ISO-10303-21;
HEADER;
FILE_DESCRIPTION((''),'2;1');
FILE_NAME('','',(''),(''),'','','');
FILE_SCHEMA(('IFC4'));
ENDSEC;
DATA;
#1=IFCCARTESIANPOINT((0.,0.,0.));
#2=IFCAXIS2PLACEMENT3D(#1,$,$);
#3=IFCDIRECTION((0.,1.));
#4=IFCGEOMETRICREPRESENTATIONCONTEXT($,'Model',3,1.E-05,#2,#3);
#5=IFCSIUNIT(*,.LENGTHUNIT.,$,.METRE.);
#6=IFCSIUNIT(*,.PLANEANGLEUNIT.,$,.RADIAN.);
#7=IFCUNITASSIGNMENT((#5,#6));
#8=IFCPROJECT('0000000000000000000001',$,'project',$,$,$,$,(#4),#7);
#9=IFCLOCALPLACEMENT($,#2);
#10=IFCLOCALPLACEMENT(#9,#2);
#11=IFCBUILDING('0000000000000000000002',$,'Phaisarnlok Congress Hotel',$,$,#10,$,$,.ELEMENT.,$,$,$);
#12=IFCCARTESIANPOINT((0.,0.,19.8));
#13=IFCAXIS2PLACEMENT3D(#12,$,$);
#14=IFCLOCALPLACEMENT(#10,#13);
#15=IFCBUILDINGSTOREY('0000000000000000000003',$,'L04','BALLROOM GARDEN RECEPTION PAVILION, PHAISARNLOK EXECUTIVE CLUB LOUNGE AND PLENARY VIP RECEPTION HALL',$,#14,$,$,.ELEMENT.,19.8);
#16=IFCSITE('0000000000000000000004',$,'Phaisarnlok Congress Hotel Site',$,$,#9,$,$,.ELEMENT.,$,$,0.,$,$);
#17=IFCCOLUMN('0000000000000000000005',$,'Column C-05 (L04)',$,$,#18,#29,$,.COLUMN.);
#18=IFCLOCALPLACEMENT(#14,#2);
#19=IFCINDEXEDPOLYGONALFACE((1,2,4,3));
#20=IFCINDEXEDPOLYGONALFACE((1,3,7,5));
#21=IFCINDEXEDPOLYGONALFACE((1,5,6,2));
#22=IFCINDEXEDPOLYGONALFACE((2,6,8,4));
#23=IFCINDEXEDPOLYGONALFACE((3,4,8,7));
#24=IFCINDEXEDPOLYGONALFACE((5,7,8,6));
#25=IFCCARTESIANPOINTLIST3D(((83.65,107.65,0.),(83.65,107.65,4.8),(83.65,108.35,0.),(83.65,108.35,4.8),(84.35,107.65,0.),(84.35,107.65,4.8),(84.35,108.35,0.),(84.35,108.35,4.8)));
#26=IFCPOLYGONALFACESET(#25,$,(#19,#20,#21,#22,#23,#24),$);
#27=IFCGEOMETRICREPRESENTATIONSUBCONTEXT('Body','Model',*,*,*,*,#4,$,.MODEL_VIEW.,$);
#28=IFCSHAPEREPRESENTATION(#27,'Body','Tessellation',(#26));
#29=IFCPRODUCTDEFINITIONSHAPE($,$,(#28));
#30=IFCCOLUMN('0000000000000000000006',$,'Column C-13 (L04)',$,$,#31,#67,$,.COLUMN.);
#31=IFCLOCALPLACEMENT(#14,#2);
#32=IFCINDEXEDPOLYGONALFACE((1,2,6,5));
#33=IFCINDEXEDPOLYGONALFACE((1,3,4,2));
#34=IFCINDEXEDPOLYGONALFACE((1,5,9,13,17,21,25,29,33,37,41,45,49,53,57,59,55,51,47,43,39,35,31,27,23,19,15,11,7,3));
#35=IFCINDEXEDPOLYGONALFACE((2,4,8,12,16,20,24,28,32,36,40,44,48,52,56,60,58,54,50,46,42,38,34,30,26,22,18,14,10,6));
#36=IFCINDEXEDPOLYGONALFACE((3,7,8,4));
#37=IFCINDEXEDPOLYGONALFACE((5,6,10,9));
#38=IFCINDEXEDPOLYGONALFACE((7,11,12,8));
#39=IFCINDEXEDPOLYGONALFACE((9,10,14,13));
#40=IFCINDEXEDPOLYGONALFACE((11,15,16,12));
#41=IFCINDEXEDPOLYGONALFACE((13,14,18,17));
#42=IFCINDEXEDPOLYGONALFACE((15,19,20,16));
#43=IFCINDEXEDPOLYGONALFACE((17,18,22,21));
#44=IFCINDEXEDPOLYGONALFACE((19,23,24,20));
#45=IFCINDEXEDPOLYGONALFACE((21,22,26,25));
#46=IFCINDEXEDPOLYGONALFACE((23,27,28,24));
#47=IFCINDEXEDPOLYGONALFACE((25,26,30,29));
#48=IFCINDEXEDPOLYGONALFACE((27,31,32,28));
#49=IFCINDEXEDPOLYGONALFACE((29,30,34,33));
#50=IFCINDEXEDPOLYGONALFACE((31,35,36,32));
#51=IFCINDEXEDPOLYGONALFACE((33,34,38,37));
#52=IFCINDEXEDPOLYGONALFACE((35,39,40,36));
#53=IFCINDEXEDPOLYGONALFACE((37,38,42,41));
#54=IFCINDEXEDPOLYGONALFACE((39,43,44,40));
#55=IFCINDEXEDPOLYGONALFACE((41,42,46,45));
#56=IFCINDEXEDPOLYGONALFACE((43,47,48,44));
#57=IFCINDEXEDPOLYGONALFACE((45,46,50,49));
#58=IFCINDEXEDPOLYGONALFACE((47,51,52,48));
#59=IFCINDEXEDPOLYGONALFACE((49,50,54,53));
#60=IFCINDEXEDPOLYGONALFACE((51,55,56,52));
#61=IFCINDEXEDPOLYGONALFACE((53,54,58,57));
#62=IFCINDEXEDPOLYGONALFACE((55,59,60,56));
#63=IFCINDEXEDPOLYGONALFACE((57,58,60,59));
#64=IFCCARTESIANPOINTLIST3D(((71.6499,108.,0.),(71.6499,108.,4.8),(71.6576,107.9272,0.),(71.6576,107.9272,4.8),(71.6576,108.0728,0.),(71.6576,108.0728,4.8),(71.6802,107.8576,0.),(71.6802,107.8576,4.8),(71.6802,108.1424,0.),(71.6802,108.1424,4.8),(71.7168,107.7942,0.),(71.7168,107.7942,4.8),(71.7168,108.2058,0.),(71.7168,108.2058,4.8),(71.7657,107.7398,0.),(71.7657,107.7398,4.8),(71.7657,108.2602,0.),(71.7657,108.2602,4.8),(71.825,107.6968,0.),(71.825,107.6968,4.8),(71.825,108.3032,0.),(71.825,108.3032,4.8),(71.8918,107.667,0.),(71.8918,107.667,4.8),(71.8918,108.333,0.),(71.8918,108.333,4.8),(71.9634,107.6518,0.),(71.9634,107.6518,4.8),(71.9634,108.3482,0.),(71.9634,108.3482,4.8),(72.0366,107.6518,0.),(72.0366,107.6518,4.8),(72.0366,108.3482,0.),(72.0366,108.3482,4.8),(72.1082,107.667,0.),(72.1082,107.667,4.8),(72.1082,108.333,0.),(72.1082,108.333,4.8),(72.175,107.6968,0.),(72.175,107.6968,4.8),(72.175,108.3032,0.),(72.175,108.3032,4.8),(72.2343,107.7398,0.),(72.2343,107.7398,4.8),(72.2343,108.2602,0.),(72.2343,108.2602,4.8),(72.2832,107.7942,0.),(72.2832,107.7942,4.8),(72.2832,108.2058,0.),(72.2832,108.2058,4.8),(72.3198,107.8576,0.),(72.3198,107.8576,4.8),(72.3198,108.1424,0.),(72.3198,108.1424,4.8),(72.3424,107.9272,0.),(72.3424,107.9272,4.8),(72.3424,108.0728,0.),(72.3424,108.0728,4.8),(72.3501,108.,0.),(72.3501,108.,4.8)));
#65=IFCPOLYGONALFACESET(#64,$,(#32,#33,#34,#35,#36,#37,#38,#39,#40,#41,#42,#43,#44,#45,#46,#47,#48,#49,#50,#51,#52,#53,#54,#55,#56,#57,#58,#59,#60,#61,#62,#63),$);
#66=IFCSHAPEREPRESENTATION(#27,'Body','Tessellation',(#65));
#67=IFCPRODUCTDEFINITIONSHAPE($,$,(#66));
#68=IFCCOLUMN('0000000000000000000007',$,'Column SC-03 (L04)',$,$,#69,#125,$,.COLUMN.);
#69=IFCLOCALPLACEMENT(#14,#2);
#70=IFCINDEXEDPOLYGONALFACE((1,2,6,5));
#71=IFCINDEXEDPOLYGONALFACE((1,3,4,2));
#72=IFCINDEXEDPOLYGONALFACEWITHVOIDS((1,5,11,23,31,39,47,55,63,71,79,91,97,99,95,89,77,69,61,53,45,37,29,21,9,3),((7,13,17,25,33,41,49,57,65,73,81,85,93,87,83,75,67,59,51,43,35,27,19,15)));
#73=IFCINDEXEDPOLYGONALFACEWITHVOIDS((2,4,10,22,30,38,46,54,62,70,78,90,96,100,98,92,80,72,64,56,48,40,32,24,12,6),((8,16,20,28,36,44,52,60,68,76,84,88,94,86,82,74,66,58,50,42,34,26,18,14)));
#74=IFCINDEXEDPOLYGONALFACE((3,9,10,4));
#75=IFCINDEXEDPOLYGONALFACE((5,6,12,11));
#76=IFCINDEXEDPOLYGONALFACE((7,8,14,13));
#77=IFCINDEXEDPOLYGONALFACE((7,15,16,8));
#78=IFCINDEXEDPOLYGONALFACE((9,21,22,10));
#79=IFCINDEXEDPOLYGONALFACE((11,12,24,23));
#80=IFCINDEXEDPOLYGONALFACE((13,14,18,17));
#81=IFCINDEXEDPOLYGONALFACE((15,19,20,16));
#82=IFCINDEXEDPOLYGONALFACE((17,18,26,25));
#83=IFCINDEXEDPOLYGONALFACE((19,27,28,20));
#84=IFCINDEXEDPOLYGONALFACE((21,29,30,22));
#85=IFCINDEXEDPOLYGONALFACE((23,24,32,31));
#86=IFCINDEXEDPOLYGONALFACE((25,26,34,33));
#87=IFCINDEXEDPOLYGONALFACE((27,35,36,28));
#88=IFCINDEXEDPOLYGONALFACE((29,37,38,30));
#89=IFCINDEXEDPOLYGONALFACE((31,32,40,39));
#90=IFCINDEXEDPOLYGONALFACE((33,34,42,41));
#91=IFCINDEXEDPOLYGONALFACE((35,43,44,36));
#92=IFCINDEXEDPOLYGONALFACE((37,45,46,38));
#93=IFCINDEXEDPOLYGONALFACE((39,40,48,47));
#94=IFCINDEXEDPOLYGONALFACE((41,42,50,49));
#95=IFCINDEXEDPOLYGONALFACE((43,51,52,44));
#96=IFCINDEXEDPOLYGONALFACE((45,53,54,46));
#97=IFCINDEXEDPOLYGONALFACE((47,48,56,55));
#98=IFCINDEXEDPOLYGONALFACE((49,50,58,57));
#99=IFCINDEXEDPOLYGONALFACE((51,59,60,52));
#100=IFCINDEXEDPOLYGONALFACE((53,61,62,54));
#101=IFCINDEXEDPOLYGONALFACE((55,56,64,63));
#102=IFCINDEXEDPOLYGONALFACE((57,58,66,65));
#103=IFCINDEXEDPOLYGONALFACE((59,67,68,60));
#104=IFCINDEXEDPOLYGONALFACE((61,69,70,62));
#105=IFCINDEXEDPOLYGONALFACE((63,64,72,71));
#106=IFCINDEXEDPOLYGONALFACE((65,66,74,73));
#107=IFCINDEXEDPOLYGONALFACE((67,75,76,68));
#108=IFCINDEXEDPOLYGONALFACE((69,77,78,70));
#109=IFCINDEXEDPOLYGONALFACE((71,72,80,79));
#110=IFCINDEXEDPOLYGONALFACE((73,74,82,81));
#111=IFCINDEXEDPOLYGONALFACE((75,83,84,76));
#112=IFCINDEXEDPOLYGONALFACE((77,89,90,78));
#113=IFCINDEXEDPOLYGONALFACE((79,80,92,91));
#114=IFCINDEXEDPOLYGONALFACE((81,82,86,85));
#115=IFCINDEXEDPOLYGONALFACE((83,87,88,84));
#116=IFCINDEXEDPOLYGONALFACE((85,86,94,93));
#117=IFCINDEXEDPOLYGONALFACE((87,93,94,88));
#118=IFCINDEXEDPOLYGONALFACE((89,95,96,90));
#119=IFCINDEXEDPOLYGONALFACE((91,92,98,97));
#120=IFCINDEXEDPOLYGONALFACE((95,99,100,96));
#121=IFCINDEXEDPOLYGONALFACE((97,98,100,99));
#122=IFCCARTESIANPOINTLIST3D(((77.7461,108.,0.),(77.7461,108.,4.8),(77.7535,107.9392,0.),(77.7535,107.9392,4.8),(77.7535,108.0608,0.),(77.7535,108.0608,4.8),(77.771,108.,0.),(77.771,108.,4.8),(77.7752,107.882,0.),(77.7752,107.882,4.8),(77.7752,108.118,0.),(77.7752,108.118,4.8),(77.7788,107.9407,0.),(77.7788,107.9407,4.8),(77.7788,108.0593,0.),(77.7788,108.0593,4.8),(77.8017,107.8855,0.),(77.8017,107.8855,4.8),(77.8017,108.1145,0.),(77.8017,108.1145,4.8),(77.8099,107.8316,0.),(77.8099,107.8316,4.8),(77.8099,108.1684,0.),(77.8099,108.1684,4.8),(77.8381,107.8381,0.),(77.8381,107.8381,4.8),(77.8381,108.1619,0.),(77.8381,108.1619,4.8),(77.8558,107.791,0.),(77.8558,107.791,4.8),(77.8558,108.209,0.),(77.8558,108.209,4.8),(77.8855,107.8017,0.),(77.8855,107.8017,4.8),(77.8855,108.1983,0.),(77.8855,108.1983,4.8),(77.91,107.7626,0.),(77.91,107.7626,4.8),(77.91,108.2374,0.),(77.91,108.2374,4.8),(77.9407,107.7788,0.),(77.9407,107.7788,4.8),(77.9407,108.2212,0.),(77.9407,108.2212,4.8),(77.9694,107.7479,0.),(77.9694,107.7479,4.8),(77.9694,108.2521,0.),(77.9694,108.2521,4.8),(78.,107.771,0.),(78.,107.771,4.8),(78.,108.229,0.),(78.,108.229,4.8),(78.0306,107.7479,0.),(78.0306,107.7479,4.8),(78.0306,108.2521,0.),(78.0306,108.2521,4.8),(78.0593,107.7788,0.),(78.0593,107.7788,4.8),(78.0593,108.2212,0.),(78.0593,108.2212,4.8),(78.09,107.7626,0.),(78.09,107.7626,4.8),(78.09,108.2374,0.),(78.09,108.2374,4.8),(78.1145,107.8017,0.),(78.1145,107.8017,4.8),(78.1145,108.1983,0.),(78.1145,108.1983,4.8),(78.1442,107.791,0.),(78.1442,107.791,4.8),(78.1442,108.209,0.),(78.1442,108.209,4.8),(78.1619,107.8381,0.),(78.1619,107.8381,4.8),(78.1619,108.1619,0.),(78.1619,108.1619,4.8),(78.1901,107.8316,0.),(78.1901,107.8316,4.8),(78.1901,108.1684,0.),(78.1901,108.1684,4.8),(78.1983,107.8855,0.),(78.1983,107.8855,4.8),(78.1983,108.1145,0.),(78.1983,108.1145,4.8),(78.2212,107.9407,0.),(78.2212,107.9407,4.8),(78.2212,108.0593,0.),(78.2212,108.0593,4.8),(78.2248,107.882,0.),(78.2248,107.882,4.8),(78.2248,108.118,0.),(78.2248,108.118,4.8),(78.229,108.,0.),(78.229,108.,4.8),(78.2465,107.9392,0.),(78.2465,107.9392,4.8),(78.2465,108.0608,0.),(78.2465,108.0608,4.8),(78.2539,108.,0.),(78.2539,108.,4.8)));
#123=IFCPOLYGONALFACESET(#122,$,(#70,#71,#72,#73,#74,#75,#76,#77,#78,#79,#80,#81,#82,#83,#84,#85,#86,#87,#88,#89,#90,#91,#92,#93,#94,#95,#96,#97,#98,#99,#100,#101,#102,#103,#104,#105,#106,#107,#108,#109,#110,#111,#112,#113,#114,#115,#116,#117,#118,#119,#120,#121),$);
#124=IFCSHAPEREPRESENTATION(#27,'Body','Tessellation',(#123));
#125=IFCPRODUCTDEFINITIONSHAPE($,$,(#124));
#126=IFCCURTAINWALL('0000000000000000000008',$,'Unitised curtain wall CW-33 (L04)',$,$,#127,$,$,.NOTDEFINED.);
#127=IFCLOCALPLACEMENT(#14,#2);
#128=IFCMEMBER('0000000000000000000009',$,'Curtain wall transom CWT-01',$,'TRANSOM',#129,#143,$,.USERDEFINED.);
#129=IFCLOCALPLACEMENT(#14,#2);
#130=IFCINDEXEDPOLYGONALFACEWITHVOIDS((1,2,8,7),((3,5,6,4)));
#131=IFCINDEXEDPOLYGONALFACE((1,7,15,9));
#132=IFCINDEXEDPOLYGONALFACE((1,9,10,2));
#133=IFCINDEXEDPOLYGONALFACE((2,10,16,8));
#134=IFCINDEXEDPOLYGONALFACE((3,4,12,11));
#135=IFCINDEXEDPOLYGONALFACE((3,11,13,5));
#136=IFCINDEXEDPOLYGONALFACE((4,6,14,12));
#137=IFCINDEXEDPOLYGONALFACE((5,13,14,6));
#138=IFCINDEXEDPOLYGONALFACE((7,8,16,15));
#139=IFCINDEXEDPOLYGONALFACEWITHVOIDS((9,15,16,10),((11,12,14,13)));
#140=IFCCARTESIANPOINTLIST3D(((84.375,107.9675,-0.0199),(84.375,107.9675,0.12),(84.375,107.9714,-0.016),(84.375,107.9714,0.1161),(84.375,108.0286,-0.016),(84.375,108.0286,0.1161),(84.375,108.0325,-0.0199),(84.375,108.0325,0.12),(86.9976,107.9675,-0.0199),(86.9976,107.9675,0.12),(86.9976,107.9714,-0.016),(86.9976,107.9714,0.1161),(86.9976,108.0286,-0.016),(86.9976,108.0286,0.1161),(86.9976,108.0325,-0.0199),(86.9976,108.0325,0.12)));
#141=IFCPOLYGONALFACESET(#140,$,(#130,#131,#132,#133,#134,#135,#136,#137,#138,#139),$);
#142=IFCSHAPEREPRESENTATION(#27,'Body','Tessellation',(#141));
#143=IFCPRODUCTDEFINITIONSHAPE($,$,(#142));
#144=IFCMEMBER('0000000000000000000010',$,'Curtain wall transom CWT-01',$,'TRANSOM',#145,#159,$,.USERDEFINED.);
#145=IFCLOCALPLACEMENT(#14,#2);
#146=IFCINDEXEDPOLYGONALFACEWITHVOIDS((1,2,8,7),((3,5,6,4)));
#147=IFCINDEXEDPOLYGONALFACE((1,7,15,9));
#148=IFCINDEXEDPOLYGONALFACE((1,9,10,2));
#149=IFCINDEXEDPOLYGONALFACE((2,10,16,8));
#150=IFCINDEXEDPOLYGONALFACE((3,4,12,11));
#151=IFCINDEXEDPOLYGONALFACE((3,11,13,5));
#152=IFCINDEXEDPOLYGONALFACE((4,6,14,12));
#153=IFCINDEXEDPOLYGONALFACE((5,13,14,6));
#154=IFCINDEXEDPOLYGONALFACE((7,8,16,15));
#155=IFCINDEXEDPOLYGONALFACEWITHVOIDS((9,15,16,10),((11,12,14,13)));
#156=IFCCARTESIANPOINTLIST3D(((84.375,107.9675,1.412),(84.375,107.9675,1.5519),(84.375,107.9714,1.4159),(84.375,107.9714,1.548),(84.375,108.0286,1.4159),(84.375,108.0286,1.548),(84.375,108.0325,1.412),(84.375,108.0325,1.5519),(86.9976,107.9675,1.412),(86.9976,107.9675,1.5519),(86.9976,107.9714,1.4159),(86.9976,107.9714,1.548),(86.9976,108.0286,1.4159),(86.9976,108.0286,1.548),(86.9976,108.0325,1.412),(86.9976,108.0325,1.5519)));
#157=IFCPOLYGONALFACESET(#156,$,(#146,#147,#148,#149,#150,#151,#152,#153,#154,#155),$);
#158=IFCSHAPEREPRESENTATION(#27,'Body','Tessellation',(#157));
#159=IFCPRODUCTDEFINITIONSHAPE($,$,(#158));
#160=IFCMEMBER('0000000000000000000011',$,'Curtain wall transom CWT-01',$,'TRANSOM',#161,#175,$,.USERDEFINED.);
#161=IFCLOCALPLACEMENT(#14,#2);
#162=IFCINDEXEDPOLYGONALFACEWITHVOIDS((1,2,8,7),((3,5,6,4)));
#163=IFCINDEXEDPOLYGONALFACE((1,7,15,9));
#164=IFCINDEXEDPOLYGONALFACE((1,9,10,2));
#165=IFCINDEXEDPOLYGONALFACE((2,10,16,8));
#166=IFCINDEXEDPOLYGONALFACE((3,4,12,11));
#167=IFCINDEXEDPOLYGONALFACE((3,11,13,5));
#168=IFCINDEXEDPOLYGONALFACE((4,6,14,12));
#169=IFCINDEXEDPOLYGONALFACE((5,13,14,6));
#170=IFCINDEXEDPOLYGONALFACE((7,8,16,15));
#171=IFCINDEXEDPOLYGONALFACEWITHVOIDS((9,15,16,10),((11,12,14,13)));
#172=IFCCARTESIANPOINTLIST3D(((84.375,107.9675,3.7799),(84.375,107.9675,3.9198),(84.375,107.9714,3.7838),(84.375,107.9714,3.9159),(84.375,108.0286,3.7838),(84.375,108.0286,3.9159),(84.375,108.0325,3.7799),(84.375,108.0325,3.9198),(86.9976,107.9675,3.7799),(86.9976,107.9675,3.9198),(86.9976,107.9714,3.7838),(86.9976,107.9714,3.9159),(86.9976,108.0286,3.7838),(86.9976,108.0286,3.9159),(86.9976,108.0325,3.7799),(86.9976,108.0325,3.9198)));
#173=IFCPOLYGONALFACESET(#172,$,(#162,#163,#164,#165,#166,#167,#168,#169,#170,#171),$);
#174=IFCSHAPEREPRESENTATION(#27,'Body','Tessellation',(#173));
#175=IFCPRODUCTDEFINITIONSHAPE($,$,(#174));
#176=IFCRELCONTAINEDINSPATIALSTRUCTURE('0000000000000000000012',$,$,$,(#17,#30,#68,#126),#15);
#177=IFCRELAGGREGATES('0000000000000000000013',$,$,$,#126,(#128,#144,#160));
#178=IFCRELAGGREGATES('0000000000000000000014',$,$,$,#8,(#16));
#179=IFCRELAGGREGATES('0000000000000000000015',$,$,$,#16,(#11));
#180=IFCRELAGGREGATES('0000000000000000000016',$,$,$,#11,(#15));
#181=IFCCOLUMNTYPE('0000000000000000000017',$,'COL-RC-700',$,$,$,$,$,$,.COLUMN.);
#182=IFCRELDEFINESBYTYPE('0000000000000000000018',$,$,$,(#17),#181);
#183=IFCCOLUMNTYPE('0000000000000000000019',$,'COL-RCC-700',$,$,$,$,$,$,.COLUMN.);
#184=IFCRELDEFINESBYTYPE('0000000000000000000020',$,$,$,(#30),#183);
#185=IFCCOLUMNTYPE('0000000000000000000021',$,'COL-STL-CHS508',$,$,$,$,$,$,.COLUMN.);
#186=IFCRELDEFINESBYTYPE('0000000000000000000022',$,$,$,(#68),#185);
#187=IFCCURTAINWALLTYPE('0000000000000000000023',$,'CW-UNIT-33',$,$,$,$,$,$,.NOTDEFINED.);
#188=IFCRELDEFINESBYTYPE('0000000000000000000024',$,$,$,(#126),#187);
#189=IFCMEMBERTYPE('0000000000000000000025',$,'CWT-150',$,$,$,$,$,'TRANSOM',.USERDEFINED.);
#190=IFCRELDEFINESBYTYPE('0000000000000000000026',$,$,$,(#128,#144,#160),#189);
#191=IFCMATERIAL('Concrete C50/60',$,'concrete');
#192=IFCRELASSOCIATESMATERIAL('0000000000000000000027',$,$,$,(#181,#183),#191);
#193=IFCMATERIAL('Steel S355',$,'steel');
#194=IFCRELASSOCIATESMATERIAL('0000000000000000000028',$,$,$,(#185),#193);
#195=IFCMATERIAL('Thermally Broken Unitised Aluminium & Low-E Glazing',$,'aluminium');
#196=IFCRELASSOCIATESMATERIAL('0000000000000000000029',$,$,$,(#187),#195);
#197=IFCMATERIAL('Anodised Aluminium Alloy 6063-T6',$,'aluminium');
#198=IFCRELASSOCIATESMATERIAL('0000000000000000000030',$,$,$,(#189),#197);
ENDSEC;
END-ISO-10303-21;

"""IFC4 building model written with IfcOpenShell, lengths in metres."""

from ifc_helpers import new_model, si_unit, direction, frame, origin, origin_2d, place, context, subcontext, project, spatial, rectangle, hollow_rectangle, circle, hollow_circle, extrude, material, material_profile, profile_set, type_object, element, aggregate, save


model = new_model("IFC4")

# Units and contexts
model_context = context("Model", 3, precision=1e-05, world=origin(), true_north=direction((0.0, 1.0)))
body_context = subcontext(model_context, "Body", "Model", "MODEL_VIEW")
ifc_project = project(units=[si_unit("LENGTHUNIT", "METRE"), si_unit("PLANEANGLEUNIT", "RADIAN")], contexts=[model_context])

# Site, building, storey
site_placement = place(None, origin())
site = spatial("IfcSite", under=ifc_project, at=site_placement, Name="Phaisarnlok Congress Hotel Site", CompositionType="ELEMENT", RefElevation=0.0)
building_placement = place(site_placement, origin())
building = spatial("IfcBuilding", under=site, at=building_placement, Name="Phaisarnlok Congress Hotel", CompositionType="ELEMENT")
storey_placement = place(building_placement, frame((0.0, 0.0, 19.8)))
storey = spatial("IfcBuildingStorey", under=building, at=storey_placement, Name="L04", Description="BALLROOM GARDEN RECEPTION PAVILION, PHAISARNLOK EXECUTIVE CLUB LOUNGE AND PLENARY VIP RECEPTION HALL", CompositionType="ELEMENT", Elevation=19.8)

# Columns
ifc_material_1 = material(Name="Concrete C50/60", Category="concrete")
ifc_material_profile_1 = material_profile(ifc_material_1, rectangle(XDim=0.7, YDim=0.7, at=origin_2d()), Name="RC 700x700")
ifc_profile_set_1 = profile_set([ifc_material_profile_1], Name="Concrete C50/60")
column_type_1 = type_object("IfcColumnType", Name="COL-RC-700", PredefinedType="COLUMN", material=ifc_profile_set_1)
column_1_placement = place(storey_placement, frame((84.0, 108.0, 0.0), z_axis=(0.0, 0.0, 1.0), x_axis=(1.0, 0.0, 0.0)))
element("IfcColumn", 1, at=column_1_placement, inside=storey, type_object=column_type_1, Name="Column C-05 (L04)", PredefinedType="COLUMN", context=body_context, shape_type="SweptSolid", body=[
    extrude(rectangle(XDim=0.7, YDim=0.7, at=origin_2d()), origin(), (0.0, 0.0, 1.0), 4.8),
])
ifc_material_profile_2 = material_profile(ifc_material_1, circle(Radius=0.3501, at=origin_2d()), Name="RCC D700")
ifc_profile_set_2 = profile_set([ifc_material_profile_2], Name="Concrete C50/60")
column_type_2 = type_object("IfcColumnType", Name="COL-RCC-700", PredefinedType="COLUMN", material=ifc_profile_set_2)
column_2_placement = place(storey_placement, frame((72.0, 108.0, 0.0), z_axis=(0.0, 0.0, 1.0), x_axis=(1.0, 0.0, 0.0)))
element("IfcColumn", 2, at=column_2_placement, inside=storey, type_object=column_type_2, Name="Column C-13 (L04)", PredefinedType="COLUMN", context=body_context, shape_type="SweptSolid", body=[
    extrude(circle(Radius=0.3501, at=origin_2d()), origin(), (0.0, 0.0, 1.0), 4.8),
])
ifc_material_2 = material(Name="Steel S355", Category="steel")
ifc_material_profile_3 = material_profile(ifc_material_2, hollow_circle(Radius=0.2539, WallThickness=0.0249, at=origin_2d()), Name="CHS 508x25")
ifc_profile_set_3 = profile_set([ifc_material_profile_3], Name="Steel S355")
column_type_3 = type_object("IfcColumnType", Name="COL-STL-CHS508", PredefinedType="COLUMN", material=ifc_profile_set_3)
column_3_placement = place(storey_placement, frame((78.0, 108.0, 0.0), z_axis=(0.0, 0.0, 1.0), x_axis=(1.0, 0.0, 0.0)))
element("IfcColumn", 3, at=column_3_placement, inside=storey, type_object=column_type_3, Name="Column SC-03 (L04)", PredefinedType="COLUMN", context=body_context, shape_type="SweptSolid", body=[
    extrude(hollow_circle(Radius=0.2539, WallThickness=0.0249, at=origin_2d()), origin(), (0.0, 0.0, 1.0), 4.8),
])

# Curtain wall, members
ifc_material_3 = material(Name="Thermally Broken Unitised Aluminium & Low-E Glazing", Category="aluminium")
curtain_wall_type = type_object("IfcCurtainWallType", Name="CW-UNIT-33", PredefinedType="NOTDEFINED", material=ifc_material_3)
curtain_wall_placement = place(storey_placement, origin())
curtain_wall = element("IfcCurtainWall", 4, at=curtain_wall_placement, inside=storey, type_object=curtain_wall_type, Name="Unitised curtain wall CW-33 (L04)", PredefinedType="NOTDEFINED")
ifc_material_4 = material(Name="Anodised Aluminium Alloy 6063-T6", Category="aluminium")
ifc_material_profile_4 = material_profile(ifc_material_4, hollow_rectangle(XDim=0.0649, YDim=0.1399, WallThickness=0.0039, at=origin_2d()), Name="ALU-T 65x140x4")
ifc_profile_set_4 = profile_set([ifc_material_profile_4], Name="Anodised Aluminium Alloy 6063-T6")
member_type_1 = type_object("IfcMemberType", Name="CWT-150", ElementType="TRANSOM", PredefinedType="USERDEFINED", material=ifc_profile_set_4)
member_1_placement = place(storey_placement, frame((84.375, 108.0, 0.05), z_axis=(1.0, 0.0, 0.0), x_axis=(0.0, 1.0, 0.0)))
member_1 = element("IfcMember", 5, at=member_1_placement, type_object=member_type_1, Name="Curtain wall transom CWT-01", ObjectType="TRANSOM", PredefinedType="USERDEFINED", context=body_context, shape_type="SweptSolid", body=[
    extrude(hollow_rectangle(XDim=0.0649, YDim=0.1399, WallThickness=0.0039, at=origin_2d()), origin(), (0.0, 0.0, 1.0), 2.6226),
])
member_2_placement = place(storey_placement, frame((84.375, 108.0, 1.4819), z_axis=(1.0, 0.0, 0.0), x_axis=(0.0, 1.0, 0.0)))
member_2 = element("IfcMember", 6, at=member_2_placement, type_object=member_type_1, Name="Curtain wall transom CWT-01", ObjectType="TRANSOM", PredefinedType="USERDEFINED", context=body_context, shape_type="SweptSolid", body=[
    extrude(hollow_rectangle(XDim=0.0649, YDim=0.1399, WallThickness=0.0039, at=origin_2d()), origin(), (0.0, 0.0, 1.0), 2.6226),
])
member_3_placement = place(storey_placement, frame((84.375, 108.0, 3.8499), z_axis=(1.0, 0.0, 0.0), x_axis=(0.0, 1.0, 0.0)))
member_3 = element("IfcMember", 7, at=member_3_placement, type_object=member_type_1, Name="Curtain wall transom CWT-01", ObjectType="TRANSOM", PredefinedType="USERDEFINED", context=body_context, shape_type="SweptSolid", body=[
    extrude(hollow_rectangle(XDim=0.0649, YDim=0.1399, WallThickness=0.0039, at=origin_2d()), origin(), (0.0, 0.0, 1.0), 2.6226),
])

aggregate(curtain_wall, [member_1, member_2, member_3])

save(model, "model.ifc")
